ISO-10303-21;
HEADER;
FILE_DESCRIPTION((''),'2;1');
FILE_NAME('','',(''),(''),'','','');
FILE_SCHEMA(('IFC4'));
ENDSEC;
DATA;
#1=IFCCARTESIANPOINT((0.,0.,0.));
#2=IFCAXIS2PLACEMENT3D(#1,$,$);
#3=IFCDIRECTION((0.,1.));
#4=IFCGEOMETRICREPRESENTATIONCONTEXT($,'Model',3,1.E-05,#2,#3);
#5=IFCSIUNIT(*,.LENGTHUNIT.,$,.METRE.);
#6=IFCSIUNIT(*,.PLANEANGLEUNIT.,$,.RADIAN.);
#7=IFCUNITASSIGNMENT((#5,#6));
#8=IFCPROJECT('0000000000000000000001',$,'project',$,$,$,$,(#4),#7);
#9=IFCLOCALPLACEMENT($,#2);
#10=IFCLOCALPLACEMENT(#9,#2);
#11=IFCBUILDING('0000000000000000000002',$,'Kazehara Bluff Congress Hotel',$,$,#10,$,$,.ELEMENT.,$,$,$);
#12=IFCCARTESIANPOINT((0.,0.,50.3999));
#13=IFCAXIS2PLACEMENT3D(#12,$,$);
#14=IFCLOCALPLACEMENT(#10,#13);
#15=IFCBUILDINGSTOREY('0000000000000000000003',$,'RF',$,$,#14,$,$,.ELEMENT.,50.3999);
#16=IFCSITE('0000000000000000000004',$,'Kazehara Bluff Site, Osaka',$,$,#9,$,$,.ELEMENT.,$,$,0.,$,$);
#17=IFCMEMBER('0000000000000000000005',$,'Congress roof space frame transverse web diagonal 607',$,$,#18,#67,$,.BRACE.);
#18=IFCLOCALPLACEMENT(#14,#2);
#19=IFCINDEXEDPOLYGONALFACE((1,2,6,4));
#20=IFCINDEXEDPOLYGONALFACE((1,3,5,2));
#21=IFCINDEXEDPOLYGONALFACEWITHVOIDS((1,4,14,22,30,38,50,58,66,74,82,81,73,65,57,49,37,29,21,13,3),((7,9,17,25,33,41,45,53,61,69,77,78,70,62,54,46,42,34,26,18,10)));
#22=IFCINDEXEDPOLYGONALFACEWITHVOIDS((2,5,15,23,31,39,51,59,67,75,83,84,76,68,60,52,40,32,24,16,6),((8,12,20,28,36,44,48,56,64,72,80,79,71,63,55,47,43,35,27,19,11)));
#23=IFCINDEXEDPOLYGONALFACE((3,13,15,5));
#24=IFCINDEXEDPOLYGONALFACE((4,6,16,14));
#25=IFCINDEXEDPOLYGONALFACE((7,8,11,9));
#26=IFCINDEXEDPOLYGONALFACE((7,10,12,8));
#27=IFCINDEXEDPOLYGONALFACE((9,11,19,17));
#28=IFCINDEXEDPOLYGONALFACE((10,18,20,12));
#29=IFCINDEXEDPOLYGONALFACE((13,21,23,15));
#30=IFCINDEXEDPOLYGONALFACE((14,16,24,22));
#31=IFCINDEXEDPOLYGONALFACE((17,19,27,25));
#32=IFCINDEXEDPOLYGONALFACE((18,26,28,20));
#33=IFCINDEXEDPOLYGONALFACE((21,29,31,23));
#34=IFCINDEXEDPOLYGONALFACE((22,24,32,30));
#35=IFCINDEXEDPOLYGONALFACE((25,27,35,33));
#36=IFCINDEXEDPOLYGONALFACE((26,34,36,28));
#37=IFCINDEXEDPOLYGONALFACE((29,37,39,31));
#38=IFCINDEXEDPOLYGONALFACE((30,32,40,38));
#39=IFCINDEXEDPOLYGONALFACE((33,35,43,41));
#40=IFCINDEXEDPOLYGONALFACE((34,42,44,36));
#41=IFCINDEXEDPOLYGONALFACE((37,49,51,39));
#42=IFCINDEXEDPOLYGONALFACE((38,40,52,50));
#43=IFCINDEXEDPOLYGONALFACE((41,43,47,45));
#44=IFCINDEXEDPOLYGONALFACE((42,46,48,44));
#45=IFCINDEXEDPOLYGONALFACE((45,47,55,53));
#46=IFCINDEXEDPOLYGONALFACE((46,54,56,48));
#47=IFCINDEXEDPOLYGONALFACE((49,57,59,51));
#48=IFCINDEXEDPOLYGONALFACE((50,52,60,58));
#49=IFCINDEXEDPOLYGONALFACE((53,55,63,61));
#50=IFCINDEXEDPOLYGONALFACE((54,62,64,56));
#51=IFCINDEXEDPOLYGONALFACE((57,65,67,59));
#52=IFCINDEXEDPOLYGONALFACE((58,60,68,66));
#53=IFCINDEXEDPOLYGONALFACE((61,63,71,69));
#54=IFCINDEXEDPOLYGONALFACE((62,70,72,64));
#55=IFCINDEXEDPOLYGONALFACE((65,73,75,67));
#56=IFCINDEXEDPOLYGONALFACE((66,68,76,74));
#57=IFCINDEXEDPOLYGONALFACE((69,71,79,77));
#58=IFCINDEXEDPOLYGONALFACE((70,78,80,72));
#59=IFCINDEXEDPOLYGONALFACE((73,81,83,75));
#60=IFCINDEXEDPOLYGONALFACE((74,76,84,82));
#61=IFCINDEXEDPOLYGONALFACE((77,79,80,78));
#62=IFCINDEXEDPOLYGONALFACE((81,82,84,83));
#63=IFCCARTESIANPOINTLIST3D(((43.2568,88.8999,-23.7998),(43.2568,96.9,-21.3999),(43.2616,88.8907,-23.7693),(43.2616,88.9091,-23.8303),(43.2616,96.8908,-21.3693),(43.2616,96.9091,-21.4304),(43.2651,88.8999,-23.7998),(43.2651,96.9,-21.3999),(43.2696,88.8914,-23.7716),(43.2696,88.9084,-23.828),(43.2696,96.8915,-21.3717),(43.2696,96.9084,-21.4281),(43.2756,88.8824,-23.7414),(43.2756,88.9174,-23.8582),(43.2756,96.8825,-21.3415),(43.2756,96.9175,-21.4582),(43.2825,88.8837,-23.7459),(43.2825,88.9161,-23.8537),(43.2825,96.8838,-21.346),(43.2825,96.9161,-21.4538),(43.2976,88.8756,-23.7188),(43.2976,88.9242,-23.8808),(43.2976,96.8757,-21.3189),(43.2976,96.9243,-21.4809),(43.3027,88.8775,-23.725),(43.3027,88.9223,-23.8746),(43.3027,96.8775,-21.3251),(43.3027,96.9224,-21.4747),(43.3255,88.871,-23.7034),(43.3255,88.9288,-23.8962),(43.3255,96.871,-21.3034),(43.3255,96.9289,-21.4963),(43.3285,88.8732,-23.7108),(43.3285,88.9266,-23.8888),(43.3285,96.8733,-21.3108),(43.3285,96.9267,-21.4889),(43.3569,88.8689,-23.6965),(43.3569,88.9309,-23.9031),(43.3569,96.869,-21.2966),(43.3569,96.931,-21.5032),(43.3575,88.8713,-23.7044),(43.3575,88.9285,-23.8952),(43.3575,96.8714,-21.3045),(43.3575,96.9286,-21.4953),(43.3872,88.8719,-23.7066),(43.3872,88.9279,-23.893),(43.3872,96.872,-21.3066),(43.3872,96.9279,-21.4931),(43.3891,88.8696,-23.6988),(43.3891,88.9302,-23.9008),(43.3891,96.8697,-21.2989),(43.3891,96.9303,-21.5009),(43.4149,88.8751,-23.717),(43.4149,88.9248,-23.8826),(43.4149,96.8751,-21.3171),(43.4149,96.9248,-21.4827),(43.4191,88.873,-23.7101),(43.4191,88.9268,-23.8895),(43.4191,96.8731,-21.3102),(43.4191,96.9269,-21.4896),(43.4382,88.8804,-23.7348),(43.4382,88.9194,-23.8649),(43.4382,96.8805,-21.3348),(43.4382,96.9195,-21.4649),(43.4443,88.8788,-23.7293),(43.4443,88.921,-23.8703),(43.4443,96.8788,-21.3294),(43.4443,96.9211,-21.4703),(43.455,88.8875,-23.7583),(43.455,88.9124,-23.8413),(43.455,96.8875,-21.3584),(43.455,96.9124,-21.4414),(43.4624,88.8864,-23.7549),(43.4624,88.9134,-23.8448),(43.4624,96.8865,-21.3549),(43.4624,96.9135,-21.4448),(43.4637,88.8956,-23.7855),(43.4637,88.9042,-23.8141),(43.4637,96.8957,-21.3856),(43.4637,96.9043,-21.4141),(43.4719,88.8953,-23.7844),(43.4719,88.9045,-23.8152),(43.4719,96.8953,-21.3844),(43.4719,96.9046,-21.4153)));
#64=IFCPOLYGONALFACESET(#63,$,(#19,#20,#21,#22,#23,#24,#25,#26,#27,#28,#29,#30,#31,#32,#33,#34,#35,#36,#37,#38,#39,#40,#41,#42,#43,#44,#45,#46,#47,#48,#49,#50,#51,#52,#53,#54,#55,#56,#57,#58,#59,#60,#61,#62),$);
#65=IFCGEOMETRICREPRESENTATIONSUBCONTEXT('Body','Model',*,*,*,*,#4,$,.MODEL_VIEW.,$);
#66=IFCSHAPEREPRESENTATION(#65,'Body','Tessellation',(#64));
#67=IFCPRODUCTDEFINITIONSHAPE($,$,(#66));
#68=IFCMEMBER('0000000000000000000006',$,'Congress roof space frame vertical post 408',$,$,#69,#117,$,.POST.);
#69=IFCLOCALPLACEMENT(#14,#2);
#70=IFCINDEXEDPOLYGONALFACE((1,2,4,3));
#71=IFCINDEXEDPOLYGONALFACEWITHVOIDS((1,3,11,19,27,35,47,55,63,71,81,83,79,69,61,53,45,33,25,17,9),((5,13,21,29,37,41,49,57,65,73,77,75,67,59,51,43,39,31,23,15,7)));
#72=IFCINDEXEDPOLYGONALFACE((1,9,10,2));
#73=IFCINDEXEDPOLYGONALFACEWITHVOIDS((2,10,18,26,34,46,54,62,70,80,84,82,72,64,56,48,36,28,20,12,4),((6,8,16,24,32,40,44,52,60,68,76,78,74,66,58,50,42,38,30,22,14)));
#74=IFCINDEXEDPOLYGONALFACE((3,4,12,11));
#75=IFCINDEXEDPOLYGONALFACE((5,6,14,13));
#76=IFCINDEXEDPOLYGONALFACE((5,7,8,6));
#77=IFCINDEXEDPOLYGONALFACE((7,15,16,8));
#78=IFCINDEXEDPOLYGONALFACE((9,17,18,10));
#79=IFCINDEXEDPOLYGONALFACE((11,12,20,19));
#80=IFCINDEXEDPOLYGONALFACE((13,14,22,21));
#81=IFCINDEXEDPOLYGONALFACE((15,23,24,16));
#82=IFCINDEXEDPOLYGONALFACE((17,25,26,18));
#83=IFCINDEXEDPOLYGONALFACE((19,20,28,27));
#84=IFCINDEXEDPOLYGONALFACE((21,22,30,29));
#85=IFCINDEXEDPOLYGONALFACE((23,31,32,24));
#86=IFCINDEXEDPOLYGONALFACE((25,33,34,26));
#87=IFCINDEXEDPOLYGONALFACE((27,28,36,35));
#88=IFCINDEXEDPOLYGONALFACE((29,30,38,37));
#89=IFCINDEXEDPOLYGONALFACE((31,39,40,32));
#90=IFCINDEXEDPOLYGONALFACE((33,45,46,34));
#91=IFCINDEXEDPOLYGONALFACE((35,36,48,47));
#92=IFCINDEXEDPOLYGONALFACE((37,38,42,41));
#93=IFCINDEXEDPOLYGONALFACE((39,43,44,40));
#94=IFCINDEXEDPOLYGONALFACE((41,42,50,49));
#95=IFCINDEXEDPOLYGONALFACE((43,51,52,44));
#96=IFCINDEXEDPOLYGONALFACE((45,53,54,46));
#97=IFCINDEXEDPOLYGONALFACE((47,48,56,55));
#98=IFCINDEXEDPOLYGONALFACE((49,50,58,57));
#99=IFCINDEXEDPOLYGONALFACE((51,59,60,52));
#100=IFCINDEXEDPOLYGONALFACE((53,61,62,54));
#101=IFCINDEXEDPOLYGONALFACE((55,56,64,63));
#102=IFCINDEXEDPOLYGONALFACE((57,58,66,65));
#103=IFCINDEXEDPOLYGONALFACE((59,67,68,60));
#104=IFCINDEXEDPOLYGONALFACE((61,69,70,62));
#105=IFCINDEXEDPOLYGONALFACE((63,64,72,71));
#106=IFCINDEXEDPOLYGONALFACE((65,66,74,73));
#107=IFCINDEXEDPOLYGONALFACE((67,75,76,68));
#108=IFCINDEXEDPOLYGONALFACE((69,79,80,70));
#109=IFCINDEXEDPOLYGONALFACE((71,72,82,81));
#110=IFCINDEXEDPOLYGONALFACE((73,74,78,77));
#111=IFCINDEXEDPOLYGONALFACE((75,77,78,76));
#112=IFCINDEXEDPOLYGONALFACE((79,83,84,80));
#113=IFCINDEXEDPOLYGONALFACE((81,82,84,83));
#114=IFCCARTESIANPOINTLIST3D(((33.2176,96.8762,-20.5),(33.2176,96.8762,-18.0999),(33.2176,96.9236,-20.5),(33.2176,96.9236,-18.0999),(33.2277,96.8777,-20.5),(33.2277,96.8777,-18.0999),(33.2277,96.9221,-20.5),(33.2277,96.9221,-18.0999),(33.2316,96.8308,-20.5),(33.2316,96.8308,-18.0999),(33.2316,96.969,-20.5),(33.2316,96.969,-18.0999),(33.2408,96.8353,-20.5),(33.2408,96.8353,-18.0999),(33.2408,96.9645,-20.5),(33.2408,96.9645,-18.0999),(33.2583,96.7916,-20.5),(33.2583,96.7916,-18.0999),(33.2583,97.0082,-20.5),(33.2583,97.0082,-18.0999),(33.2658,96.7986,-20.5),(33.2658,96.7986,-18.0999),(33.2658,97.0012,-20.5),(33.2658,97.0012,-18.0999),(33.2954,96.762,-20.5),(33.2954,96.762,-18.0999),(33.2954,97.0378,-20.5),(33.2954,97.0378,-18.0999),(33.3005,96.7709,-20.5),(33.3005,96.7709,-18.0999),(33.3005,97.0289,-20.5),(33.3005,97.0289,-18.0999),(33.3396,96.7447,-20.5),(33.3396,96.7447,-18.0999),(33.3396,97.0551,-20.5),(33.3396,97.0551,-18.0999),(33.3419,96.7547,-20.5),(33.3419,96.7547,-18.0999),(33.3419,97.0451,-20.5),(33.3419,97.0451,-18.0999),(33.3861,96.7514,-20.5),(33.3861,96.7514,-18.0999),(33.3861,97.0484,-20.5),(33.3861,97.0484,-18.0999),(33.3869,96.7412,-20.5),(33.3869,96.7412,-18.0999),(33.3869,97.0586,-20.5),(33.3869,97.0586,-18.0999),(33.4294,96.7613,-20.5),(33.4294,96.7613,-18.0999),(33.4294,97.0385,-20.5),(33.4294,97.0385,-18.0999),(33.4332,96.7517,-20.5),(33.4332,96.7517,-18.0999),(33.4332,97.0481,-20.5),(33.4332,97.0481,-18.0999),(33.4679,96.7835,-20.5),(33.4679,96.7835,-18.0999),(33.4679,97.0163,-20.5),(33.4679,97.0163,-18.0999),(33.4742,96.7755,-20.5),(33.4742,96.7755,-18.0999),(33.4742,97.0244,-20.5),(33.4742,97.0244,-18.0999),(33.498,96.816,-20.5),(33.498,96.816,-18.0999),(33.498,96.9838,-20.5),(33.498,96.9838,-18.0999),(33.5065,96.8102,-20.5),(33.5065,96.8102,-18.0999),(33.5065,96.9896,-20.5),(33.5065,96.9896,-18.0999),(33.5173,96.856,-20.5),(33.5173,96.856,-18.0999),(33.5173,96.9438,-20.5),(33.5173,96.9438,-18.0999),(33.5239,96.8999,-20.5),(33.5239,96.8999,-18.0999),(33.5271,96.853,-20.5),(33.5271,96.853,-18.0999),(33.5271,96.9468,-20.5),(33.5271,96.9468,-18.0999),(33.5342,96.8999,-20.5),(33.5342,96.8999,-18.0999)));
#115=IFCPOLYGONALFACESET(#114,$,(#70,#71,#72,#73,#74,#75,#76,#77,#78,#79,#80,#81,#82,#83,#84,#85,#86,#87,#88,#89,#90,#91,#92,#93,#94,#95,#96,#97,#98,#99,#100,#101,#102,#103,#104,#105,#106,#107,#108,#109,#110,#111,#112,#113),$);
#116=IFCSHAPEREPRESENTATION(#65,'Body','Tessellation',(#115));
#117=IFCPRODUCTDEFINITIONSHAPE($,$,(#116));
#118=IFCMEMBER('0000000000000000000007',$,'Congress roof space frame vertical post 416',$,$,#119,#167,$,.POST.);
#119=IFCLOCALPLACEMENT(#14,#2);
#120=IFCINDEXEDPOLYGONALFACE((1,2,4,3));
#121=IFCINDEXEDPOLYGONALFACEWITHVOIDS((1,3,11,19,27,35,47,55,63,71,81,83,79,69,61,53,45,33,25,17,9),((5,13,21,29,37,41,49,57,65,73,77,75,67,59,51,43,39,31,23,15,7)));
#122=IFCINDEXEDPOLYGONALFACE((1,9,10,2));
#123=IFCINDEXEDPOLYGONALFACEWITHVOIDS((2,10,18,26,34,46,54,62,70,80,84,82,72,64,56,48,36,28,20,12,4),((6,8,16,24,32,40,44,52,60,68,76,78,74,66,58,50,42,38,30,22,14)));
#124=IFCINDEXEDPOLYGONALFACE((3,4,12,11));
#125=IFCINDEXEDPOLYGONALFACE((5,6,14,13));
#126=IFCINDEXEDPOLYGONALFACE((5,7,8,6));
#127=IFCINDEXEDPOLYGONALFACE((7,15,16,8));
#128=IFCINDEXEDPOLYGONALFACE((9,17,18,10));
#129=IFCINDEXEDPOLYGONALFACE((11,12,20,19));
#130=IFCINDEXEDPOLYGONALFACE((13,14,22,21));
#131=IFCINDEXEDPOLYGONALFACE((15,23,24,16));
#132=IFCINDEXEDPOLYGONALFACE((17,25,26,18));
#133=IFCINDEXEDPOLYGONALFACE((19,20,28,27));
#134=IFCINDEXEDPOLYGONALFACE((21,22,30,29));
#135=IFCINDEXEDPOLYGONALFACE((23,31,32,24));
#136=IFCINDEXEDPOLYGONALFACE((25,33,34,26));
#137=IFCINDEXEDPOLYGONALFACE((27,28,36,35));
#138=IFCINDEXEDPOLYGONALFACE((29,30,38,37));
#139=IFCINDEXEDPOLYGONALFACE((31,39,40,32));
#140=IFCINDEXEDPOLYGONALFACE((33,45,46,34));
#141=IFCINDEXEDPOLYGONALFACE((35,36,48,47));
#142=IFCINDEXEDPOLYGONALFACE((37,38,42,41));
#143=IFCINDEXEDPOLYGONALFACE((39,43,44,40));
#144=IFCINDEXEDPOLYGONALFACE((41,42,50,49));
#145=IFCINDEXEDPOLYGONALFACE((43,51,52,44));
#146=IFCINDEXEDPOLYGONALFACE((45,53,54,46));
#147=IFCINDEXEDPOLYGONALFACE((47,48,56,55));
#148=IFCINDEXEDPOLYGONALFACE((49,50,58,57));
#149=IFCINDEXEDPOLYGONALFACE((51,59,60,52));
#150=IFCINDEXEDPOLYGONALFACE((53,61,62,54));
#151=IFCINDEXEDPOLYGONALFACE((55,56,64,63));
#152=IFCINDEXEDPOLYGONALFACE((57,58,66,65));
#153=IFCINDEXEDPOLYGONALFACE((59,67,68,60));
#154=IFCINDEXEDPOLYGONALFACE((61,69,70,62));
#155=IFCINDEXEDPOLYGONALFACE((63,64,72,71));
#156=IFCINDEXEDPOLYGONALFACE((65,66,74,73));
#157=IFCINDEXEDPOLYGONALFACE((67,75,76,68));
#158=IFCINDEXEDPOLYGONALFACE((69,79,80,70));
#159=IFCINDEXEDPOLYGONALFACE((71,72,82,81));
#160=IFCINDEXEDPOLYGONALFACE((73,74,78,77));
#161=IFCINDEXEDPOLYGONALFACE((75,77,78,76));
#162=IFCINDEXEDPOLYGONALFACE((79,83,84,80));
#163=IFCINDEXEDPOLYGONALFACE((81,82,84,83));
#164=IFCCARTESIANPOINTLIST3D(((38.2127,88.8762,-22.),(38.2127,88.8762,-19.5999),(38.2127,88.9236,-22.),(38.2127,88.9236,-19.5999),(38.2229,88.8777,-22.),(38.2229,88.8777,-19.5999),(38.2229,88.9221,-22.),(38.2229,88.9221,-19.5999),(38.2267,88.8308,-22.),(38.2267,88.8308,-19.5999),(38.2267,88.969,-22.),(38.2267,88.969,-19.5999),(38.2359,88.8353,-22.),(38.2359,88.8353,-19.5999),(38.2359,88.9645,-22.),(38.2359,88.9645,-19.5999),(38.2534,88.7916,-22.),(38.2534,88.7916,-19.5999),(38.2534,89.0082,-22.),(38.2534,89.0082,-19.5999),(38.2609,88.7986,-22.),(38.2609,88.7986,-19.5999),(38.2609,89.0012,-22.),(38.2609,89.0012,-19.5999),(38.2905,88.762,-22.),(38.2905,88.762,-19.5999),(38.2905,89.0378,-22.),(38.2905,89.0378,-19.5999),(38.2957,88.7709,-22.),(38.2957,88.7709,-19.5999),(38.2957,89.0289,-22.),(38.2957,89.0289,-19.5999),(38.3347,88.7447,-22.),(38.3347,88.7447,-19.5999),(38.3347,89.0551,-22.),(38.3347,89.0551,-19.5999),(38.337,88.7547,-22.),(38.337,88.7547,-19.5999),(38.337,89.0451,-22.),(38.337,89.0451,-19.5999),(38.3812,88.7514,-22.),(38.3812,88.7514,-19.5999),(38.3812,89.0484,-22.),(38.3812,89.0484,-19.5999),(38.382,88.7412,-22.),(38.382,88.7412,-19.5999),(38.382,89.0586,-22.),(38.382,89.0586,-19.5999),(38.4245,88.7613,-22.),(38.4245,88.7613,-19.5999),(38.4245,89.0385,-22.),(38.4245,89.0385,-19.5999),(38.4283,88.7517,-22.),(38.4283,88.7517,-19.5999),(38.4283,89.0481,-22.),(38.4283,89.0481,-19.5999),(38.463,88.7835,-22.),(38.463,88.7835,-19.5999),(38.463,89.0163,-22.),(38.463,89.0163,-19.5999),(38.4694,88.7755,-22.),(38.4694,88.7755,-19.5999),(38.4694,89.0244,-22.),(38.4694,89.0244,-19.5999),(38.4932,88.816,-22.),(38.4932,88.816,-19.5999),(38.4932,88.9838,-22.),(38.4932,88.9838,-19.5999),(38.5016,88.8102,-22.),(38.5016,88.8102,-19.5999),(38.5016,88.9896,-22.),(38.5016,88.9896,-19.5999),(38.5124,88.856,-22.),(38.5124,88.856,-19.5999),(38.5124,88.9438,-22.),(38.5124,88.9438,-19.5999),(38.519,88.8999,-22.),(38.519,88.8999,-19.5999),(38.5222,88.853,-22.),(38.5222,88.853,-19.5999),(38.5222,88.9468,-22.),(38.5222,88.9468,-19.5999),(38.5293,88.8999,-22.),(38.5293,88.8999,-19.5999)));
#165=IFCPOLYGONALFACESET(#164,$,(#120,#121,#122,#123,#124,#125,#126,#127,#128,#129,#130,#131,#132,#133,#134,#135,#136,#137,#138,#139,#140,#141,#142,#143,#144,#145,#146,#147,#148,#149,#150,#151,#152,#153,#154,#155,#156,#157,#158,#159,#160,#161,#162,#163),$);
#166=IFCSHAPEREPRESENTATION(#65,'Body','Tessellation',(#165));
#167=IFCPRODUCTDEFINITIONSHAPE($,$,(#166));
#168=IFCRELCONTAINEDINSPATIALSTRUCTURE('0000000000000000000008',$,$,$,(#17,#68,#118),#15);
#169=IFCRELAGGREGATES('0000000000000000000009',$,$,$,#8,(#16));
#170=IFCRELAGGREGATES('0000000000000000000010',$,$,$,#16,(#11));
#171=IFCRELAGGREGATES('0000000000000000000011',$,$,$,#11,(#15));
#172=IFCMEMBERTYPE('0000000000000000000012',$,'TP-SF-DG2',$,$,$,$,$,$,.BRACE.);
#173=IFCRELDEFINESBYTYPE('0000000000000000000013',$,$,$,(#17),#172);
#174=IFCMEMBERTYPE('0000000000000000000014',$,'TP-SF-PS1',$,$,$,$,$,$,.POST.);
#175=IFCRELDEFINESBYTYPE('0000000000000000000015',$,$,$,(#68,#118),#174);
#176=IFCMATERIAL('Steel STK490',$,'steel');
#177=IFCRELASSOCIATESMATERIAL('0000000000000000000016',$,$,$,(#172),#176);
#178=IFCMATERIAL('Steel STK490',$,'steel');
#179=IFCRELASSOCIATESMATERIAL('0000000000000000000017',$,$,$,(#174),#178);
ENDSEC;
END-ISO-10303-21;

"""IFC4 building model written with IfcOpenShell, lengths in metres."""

from ifc_helpers import new_model, si_unit, direction, frame, origin, origin_2d, place, context, subcontext, project, spatial, hollow_circle, extrude, material, material_profile, profile_set, type_object, element, save


model = new_model("IFC4")

# Units and contexts
model_context = context("Model", 3, precision=1e-05, world=origin(), true_north=direction((0.0, 1.0)))
body_context = subcontext(model_context, "Body", "Model", "MODEL_VIEW")
ifc_project = project(units=[si_unit("LENGTHUNIT", "METRE"), si_unit("PLANEANGLEUNIT", "RADIAN")], contexts=[model_context])

# Site, building, storey
site_placement = place(None, origin())
site = spatial("IfcSite", under=ifc_project, at=site_placement, Name="Kazehara Bluff Site, Osaka", CompositionType="ELEMENT", RefElevation=0.0)
building_placement = place(site_placement, origin())
building = spatial("IfcBuilding", under=site, at=building_placement, Name="Kazehara Bluff Congress Hotel", CompositionType="ELEMENT")
storey_placement = place(building_placement, frame((0.0, 0.0, 50.3999)))
storey = spatial("IfcBuildingStorey", under=building, at=storey_placement, Name="RF", CompositionType="ELEMENT", Elevation=50.3999)

# Members
ifc_material_1 = material(Name="Steel STK490", Category="steel")
ifc_material_profile_1 = material_profile(ifc_material_1, hollow_circle(Radius=0.1082, WallThickness=0.0083, at=origin_2d()))
ifc_profile_set_1 = profile_set([ifc_material_profile_1], Name="Steel STK490")
member_type_1 = type_object("IfcMemberType", Name="TP-SF-DG2", PredefinedType="BRACE", material=ifc_profile_set_1)
for number, where, z_axis, x_axis, name in (
    (1, (43.365, 88.8999, -23.7998), (0.0, 0.95783, 0.287337), (-1.0, 0.0, 0.0), "Congress roof space frame transverse web diagonal 607"),
):
    element("IfcMember", number, at=place(storey_placement, frame(where, z_axis=z_axis, x_axis=x_axis)), inside=storey, type_object=member_type_1, Name=name, PredefinedType="BRACE", context=body_context, shape_type="SweptSolid", body=[
        extrude(hollow_circle(Radius=0.1082, WallThickness=0.0083, at=origin_2d()), origin(), (0.0, 0.0, 1.0), 8.3523),
    ])
ifc_material_2 = material(Name="Steel STK490", Category="steel")
ifc_material_profile_2 = material_profile(ifc_material_2, hollow_circle(Radius=0.1592, WallThickness=0.0103, at=origin_2d()))
ifc_profile_set_2 = profile_set([ifc_material_profile_2], Name="Steel STK490")
member_type_2 = type_object("IfcMemberType", Name="TP-SF-PS1", PredefinedType="POST", material=ifc_profile_set_2)
for number, where, z_axis, x_axis, name in (
    (2, (33.375, 96.8999, -20.5), (0.0, 0.0, 1.0), (1.0, 0.0, 0.0), "Congress roof space frame vertical post 408"),
    (3, (38.3701, 88.8999, -22.0), (0.0, 0.0, 1.0), (1.0, 0.0, 0.0), "Congress roof space frame vertical post 416"),
):
    element("IfcMember", number, at=place(storey_placement, frame(where, z_axis=z_axis, x_axis=x_axis)), inside=storey, type_object=member_type_2, Name=name, PredefinedType="POST", context=body_context, shape_type="SweptSolid", body=[
        extrude(hollow_circle(Radius=0.1592, WallThickness=0.0103, at=origin_2d()), origin(), (0.0, 0.0, 1.0), 2.4001),
    ])

save(model, "model.ifc")
